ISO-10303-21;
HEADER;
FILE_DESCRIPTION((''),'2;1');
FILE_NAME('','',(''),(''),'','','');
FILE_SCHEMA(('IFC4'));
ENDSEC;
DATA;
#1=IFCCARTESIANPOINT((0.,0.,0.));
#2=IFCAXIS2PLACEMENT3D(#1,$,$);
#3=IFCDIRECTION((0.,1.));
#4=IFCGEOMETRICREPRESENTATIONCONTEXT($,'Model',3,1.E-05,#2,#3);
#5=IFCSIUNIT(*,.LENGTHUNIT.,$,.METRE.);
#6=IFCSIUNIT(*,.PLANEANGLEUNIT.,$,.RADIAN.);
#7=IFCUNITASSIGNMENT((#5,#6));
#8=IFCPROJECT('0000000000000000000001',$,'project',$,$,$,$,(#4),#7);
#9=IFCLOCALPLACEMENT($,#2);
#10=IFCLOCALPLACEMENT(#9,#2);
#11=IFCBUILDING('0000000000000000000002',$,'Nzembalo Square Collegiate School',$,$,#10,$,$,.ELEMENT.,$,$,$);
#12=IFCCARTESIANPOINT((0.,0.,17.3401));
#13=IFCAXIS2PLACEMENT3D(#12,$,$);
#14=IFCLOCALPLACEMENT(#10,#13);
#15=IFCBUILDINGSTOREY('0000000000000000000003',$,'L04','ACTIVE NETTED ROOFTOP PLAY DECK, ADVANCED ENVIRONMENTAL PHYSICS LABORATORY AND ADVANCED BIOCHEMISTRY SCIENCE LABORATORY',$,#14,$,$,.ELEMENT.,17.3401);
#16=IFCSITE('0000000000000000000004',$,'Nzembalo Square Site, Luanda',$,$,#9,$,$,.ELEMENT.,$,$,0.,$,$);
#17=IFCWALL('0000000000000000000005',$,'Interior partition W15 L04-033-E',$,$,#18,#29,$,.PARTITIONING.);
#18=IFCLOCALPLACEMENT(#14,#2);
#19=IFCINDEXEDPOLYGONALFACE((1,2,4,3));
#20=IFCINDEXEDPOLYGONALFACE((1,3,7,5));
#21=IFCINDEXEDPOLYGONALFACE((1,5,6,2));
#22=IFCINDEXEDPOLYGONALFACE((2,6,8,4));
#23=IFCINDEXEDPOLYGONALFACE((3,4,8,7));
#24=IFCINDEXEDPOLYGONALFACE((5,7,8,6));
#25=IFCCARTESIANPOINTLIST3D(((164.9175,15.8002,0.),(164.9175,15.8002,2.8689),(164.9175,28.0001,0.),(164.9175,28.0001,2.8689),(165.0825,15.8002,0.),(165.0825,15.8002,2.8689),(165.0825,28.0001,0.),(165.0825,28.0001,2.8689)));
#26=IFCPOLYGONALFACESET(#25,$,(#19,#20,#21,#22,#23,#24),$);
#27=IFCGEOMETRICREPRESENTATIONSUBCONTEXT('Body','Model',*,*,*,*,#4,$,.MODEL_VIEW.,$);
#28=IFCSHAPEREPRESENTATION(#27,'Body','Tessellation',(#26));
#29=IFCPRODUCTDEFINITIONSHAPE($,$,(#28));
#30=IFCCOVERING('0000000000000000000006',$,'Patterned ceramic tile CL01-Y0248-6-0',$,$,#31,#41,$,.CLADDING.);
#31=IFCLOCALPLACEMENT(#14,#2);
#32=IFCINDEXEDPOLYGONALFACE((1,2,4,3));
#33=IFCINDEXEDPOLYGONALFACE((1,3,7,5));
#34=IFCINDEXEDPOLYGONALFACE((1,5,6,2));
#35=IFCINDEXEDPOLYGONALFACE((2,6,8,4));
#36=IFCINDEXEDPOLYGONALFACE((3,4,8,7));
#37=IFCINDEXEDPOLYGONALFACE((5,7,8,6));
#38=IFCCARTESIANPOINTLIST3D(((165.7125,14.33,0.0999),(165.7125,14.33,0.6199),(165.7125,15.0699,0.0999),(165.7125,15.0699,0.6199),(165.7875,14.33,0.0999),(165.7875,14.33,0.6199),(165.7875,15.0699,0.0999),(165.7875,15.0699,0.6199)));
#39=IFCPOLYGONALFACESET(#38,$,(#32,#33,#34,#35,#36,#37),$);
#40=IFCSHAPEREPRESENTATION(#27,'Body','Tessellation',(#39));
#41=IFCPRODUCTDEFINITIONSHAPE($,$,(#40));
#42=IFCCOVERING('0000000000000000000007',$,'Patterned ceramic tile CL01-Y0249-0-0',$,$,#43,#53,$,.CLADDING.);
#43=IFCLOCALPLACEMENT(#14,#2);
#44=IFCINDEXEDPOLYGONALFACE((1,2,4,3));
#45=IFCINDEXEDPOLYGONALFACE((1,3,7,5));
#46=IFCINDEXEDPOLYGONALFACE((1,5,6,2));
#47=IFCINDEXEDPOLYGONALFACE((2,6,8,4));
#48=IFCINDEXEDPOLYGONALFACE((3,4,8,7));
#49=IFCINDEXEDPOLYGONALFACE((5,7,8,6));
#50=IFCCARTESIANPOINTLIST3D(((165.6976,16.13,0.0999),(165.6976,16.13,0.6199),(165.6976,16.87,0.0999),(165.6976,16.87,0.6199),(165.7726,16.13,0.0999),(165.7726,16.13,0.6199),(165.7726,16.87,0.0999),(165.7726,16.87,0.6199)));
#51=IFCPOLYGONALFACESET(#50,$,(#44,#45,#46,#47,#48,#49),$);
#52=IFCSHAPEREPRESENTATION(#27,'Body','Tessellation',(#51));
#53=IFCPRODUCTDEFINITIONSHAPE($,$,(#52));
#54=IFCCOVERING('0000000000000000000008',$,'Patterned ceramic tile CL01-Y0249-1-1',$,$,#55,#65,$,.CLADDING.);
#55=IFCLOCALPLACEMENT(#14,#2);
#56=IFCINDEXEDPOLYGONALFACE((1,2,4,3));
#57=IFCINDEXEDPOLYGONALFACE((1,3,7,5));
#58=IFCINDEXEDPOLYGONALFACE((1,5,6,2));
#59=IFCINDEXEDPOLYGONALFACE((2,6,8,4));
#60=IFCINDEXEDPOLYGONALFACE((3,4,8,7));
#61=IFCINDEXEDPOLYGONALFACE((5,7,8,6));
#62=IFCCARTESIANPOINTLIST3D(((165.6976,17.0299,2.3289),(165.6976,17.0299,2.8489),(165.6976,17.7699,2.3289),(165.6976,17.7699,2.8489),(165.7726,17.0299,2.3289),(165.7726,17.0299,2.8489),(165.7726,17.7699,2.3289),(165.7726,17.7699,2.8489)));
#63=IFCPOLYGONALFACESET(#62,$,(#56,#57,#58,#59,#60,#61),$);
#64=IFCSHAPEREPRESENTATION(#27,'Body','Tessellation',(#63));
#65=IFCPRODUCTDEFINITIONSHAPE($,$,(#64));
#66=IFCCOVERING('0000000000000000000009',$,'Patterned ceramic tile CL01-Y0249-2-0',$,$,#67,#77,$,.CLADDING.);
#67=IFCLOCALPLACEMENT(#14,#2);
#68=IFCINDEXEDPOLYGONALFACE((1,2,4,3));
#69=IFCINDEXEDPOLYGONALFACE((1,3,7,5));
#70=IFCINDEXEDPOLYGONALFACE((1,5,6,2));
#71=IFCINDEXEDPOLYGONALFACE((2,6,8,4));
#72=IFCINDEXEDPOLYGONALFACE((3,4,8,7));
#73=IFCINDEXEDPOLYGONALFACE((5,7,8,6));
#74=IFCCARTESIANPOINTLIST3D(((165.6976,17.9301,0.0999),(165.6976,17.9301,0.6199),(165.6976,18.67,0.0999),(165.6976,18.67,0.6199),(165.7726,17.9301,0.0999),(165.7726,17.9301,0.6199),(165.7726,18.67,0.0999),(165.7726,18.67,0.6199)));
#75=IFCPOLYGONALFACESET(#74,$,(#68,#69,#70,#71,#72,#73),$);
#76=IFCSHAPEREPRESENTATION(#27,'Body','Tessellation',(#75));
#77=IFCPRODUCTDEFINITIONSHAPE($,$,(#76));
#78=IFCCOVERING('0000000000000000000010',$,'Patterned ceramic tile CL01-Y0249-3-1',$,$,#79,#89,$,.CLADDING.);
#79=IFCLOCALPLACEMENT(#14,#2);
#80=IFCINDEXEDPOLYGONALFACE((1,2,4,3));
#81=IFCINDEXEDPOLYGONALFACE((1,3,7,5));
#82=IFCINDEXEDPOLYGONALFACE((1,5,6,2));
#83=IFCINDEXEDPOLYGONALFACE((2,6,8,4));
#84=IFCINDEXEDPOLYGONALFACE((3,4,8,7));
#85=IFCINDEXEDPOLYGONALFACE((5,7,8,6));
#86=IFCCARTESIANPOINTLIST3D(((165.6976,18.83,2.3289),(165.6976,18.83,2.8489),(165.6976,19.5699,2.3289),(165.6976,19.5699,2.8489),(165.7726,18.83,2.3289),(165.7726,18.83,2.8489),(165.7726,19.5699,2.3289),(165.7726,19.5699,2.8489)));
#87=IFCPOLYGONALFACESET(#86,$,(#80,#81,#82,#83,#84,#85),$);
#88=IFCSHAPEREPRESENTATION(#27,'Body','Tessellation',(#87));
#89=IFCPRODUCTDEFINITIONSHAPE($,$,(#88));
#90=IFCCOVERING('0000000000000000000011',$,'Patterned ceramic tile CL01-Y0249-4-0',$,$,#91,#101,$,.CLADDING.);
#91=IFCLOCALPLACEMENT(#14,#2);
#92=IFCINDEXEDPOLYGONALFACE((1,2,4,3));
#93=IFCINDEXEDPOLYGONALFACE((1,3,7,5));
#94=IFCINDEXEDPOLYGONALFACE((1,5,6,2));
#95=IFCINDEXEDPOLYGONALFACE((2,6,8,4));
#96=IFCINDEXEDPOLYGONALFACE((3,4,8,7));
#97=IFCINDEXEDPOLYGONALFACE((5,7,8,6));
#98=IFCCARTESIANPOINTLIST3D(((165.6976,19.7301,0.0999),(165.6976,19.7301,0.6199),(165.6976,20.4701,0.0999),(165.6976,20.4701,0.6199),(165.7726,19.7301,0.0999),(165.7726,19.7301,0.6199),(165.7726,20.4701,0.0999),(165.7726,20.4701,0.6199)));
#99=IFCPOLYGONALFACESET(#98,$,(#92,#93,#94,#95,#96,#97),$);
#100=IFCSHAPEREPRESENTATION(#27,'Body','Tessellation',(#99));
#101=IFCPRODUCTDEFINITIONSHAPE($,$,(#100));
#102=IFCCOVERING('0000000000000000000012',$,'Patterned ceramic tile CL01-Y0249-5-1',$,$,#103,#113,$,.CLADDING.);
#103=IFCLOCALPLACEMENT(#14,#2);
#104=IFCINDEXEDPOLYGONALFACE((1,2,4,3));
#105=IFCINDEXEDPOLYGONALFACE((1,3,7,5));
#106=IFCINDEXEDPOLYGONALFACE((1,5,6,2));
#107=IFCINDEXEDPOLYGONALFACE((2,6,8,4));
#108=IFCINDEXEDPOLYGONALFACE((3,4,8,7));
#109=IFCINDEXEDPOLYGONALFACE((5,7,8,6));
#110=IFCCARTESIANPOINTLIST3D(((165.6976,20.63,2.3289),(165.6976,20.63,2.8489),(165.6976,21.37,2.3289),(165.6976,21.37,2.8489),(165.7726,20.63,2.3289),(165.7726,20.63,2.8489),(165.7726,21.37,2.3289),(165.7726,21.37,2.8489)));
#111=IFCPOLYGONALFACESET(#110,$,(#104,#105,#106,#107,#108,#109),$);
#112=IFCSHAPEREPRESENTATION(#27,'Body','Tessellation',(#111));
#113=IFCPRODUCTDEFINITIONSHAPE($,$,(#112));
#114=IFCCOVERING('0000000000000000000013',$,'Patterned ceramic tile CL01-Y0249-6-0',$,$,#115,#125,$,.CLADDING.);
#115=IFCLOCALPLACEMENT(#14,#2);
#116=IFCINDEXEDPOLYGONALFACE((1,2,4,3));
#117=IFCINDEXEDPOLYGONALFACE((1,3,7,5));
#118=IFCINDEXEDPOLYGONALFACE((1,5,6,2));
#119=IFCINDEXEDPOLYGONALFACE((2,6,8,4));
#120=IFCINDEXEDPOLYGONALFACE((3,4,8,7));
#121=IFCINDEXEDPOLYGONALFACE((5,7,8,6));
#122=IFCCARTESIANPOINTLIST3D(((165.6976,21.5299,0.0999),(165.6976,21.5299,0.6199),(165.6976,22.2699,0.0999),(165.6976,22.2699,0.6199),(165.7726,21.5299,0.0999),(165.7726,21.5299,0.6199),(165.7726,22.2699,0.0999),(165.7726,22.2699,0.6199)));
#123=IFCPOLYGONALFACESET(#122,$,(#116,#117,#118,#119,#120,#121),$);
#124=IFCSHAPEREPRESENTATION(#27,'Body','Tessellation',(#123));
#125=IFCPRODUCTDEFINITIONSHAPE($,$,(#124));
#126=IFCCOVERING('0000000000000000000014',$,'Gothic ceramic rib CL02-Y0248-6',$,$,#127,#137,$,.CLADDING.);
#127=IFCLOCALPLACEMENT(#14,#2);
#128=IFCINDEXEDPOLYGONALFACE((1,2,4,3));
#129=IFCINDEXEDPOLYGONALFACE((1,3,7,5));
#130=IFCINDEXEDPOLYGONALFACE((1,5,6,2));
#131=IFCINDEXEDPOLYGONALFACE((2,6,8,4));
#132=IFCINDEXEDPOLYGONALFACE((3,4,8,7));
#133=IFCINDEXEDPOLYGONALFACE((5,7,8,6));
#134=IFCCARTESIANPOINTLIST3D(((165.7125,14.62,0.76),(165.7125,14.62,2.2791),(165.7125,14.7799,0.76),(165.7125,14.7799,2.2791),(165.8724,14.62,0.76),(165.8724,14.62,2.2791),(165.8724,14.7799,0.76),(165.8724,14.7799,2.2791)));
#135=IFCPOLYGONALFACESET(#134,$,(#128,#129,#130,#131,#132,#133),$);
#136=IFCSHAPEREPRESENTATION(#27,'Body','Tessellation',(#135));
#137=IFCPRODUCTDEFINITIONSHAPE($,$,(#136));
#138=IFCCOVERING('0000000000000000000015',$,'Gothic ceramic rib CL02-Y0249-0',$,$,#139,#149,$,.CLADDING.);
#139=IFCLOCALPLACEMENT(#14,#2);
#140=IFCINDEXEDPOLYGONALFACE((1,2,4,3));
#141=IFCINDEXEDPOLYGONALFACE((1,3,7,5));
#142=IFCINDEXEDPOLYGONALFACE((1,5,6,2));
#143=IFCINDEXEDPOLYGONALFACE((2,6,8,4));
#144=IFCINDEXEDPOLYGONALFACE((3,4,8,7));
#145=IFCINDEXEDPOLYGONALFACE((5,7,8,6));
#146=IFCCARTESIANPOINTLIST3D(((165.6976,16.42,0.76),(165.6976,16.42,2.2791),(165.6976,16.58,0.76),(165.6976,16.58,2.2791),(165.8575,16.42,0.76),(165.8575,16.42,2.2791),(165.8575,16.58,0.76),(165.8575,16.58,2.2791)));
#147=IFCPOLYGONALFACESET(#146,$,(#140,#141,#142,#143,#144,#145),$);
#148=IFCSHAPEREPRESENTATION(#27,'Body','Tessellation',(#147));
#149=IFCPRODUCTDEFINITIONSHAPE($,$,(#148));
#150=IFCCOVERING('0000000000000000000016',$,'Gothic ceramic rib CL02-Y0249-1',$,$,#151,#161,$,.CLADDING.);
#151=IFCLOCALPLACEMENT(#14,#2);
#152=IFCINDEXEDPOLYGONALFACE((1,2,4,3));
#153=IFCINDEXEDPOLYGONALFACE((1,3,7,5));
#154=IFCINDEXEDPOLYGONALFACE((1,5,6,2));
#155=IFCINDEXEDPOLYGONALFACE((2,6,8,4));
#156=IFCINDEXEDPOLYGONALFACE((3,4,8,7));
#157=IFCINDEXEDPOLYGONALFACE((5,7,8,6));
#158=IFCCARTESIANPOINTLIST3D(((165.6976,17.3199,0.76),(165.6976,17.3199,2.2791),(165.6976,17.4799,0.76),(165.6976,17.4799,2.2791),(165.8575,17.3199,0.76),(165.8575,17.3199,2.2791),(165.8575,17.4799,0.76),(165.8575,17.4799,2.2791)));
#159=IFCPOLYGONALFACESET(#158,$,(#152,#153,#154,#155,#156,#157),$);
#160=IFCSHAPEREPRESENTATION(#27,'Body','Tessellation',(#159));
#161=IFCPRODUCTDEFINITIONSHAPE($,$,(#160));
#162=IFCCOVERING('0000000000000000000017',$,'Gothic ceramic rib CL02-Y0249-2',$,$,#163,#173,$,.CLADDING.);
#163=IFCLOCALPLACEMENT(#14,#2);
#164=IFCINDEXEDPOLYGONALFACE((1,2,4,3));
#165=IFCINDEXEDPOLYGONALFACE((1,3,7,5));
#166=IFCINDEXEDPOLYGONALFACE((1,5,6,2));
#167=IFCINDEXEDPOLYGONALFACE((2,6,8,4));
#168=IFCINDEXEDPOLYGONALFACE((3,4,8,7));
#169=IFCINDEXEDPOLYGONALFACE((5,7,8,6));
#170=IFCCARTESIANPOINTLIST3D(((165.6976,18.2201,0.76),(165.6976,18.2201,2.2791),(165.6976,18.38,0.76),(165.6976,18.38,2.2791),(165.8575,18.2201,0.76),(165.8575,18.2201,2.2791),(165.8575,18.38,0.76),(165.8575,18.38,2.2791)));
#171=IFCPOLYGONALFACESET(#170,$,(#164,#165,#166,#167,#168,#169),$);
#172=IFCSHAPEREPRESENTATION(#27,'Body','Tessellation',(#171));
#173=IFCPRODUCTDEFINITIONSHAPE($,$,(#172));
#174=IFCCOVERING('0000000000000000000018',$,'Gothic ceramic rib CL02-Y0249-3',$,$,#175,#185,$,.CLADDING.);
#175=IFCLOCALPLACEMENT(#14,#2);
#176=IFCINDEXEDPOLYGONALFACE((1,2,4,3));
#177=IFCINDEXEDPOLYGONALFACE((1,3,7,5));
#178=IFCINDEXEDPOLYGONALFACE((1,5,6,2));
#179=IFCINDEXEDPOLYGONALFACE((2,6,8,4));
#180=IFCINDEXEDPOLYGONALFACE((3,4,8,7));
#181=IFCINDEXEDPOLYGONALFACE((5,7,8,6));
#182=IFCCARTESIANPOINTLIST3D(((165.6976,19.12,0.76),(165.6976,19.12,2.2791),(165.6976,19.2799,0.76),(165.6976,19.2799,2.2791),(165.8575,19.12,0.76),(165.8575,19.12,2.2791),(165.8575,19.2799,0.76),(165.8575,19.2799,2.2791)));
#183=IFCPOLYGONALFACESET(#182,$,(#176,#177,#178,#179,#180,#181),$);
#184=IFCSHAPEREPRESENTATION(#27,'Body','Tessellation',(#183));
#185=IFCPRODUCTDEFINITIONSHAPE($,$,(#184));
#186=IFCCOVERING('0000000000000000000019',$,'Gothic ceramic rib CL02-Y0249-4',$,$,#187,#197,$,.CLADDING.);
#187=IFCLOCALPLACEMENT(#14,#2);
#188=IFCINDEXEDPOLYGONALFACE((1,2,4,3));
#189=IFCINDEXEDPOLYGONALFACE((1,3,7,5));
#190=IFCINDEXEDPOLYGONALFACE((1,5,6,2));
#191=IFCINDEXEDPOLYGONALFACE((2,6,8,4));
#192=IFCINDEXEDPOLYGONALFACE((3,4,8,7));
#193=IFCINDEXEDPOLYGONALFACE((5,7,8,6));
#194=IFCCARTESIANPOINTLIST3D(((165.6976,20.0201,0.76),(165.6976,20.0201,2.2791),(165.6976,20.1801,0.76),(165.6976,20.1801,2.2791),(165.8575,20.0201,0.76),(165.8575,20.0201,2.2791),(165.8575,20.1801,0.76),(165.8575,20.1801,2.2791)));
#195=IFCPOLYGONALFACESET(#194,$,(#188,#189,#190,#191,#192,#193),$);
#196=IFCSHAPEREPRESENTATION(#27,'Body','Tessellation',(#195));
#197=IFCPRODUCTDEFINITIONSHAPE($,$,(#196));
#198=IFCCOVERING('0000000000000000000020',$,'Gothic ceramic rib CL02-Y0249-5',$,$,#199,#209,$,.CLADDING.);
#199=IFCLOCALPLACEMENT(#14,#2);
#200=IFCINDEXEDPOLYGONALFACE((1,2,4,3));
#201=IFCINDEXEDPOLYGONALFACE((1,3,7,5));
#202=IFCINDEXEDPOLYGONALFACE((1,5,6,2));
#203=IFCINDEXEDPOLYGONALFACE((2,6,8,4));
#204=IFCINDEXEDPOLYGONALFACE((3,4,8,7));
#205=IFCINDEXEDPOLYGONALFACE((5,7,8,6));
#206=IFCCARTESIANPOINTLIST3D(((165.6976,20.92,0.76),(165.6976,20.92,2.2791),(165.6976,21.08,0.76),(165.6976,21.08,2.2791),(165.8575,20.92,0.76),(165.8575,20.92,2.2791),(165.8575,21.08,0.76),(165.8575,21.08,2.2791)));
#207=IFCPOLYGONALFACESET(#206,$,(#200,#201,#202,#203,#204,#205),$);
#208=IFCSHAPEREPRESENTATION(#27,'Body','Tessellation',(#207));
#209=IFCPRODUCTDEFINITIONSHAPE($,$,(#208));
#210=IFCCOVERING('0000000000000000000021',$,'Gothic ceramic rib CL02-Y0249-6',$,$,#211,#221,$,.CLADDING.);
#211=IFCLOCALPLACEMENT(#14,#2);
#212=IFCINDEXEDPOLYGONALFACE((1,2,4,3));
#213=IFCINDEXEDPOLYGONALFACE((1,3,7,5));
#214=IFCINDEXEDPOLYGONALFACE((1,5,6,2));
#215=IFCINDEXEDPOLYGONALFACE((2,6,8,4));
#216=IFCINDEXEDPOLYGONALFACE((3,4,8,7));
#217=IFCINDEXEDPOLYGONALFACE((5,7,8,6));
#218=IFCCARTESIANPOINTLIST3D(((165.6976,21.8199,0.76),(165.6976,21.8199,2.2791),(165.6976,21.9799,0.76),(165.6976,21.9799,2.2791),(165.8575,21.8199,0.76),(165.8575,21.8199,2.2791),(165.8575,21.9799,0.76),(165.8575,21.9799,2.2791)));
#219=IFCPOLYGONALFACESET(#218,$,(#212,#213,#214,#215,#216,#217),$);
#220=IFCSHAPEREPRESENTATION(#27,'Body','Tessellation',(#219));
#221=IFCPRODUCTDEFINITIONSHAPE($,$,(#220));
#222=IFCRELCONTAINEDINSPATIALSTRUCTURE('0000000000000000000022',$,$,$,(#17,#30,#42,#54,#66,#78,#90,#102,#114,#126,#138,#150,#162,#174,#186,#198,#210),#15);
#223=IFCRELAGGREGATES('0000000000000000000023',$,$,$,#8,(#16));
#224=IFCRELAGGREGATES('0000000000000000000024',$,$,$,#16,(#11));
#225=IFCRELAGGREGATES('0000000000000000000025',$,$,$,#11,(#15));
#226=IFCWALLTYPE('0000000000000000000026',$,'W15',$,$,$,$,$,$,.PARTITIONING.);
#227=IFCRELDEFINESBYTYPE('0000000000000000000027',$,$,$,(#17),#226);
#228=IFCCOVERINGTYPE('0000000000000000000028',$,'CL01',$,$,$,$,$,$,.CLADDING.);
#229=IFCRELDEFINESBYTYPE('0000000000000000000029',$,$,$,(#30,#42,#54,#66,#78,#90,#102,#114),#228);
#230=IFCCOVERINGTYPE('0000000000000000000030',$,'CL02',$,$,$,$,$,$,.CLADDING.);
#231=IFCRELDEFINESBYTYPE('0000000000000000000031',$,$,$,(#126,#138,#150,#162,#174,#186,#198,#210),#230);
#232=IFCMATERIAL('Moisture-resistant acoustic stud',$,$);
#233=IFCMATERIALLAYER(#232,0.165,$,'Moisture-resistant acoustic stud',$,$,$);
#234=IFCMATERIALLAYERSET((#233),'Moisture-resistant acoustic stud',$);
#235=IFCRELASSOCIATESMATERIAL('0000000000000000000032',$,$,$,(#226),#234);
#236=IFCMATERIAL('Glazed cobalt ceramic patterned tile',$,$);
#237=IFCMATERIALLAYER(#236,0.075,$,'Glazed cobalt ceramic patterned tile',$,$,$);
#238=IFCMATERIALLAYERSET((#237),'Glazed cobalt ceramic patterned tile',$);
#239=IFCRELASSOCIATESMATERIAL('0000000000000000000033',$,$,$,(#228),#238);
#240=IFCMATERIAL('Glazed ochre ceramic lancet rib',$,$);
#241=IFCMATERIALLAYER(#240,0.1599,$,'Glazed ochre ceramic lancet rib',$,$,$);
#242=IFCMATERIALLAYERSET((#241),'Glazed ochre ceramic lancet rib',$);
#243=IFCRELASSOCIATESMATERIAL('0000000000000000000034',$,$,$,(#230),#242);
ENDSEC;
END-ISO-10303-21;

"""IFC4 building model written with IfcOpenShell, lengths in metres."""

from ifc_helpers import new_model, si_unit, direction, frame, frame_2d, origin, origin_2d, place, context, subcontext, project, spatial, rectangle, extrude, material, layer, layer_set, type_object, element, save


model = new_model("IFC4")

# Units and contexts
model_context = context("Model", 3, precision=1e-05, world=origin(), true_north=direction((0.0, 1.0)))
body_context = subcontext(model_context, "Body", "Model", "MODEL_VIEW")
ifc_project = project(units=[si_unit("LENGTHUNIT", "METRE"), si_unit("PLANEANGLEUNIT", "RADIAN")], contexts=[model_context])

# Site, building, storey
site_placement = place(None, origin())
site = spatial("IfcSite", under=ifc_project, at=site_placement, Name="Nzembalo Square Site, Luanda", CompositionType="ELEMENT", RefElevation=0.0)
building_placement = place(site_placement, origin())
building = spatial("IfcBuilding", under=site, at=building_placement, Name="Nzembalo Square Collegiate School", CompositionType="ELEMENT")
storey_placement = place(building_placement, frame((0.0, 0.0, 17.3401)))
storey = spatial("IfcBuildingStorey", under=building, at=storey_placement, Name="L04", Description="ACTIVE NETTED ROOFTOP PLAY DECK, ADVANCED ENVIRONMENTAL PHYSICS LABORATORY AND ADVANCED BIOCHEMISTRY SCIENCE LABORATORY", CompositionType="ELEMENT", Elevation=17.3401)

# Shared definitions
ifc_material_1 = material(Name="Moisture-resistant acoustic stud")
ifc_layer_1 = layer(ifc_material_1, 0.165, Name="Moisture-resistant acoustic stud")
ifc_layer_set_1 = layer_set([ifc_layer_1], Name="Moisture-resistant acoustic stud")
wall_type_1 = type_object("IfcWallType", Name="W15", PredefinedType="PARTITIONING", material=ifc_layer_set_1)

# Wall
wall_1_placement = place(storey_placement, frame((165.0, 15.8, 0.0), z_axis=(0.0, 0.0, 1.0), x_axis=(0.0, 1.0, 0.0)))
element("IfcWall", 1, at=wall_1_placement, inside=storey, type_object=wall_type_1, Name="Interior partition W15 L04-033-E", PredefinedType="PARTITIONING", context=body_context, shape_type="SweptSolid", body=[
    extrude(rectangle(XDim=12.2, YDim=0.165, at=frame_2d((6.1001, 0.0))), origin(), (0.0, 0.0, 1.0), 2.8689),
])

# Coverings
ifc_material_2 = material(Name="Glazed cobalt ceramic patterned tile")
ifc_layer_2 = layer(ifc_material_2, 0.075, Name="Glazed cobalt ceramic patterned tile")
ifc_layer_set_2 = layer_set([ifc_layer_2], Name="Glazed cobalt ceramic patterned tile")
covering_type_1 = type_object("IfcCoveringType", Name="CL01", PredefinedType="CLADDING", material=ifc_layer_set_2)
for number, where, z_axis, x_axis, name in (
    (2, (165.75, 14.7, 0.0999), (0.0, 0.0, 1.0), (1.0, 0.0, 0.0), "Patterned ceramic tile CL01-Y0248-6-0"),
    (3, (165.7351, 16.5, 0.0999), (0.0, 0.0, 1.0), (1.0, 0.0, 0.0), "Patterned ceramic tile CL01-Y0249-0-0"),
    (4, (165.7351, 17.3999, 2.3289), (0.0, 0.0, 1.0), (1.0, 0.0, 0.0), "Patterned ceramic tile CL01-Y0249-1-1"),
    (5, (165.7351, 18.3, 0.0999), (0.0, 0.0, 1.0), (1.0, 0.0, 0.0), "Patterned ceramic tile CL01-Y0249-2-0"),
    (6, (165.7351, 19.2, 2.3289), (0.0, 0.0, 1.0), (1.0, 0.0, 0.0), "Patterned ceramic tile CL01-Y0249-3-1"),
    (7, (165.7351, 20.1001, 0.0999), (0.0, 0.0, 1.0), (1.0, 0.0, 0.0), "Patterned ceramic tile CL01-Y0249-4-0"),
    (8, (165.7351, 21.0, 2.3289), (0.0, 0.0, 1.0), (1.0, 0.0, 0.0), "Patterned ceramic tile CL01-Y0249-5-1"),
    (9, (165.7351, 21.8999, 0.0999), (0.0, 0.0, 1.0), (1.0, 0.0, 0.0), "Patterned ceramic tile CL01-Y0249-6-0"),
):
    element("IfcCovering", number, at=place(storey_placement, frame(where, z_axis=z_axis, x_axis=x_axis)), inside=storey, type_object=covering_type_1, Name=name, PredefinedType="CLADDING", context=body_context, shape_type="SweptSolid", body=[
        extrude(rectangle(XDim=0.075, YDim=0.74, at=origin_2d()), origin(), (0.0, 0.0, 1.0), 0.52),
    ])
ifc_material_3 = material(Name="Glazed ochre ceramic lancet rib")
ifc_layer_3 = layer(ifc_material_3, 0.1599, Name="Glazed ochre ceramic lancet rib")
ifc_layer_set_3 = layer_set([ifc_layer_3], Name="Glazed ochre ceramic lancet rib")
covering_type_2 = type_object("IfcCoveringType", Name="CL02", PredefinedType="CLADDING", material=ifc_layer_set_3)
for number, where, z_axis, x_axis, name in (
    (10, (165.7925, 14.7, 0.76), (0.0, 0.0, 1.0), (1.0, 0.0, 0.0), "Gothic ceramic rib CL02-Y0248-6"),
    (11, (165.7776, 16.5, 0.76), (0.0, 0.0, 1.0), (1.0, 0.0, 0.0), "Gothic ceramic rib CL02-Y0249-0"),
    (12, (165.7776, 17.3999, 0.76), (0.0, 0.0, 1.0), (1.0, 0.0, 0.0), "Gothic ceramic rib CL02-Y0249-1"),
    (13, (165.7776, 18.3, 0.76), (0.0, 0.0, 1.0), (1.0, 0.0, 0.0), "Gothic ceramic rib CL02-Y0249-2"),
    (14, (165.7776, 19.2, 0.76), (0.0, 0.0, 1.0), (1.0, 0.0, 0.0), "Gothic ceramic rib CL02-Y0249-3"),
    (15, (165.7776, 20.1001, 0.76), (0.0, 0.0, 1.0), (1.0, 0.0, 0.0), "Gothic ceramic rib CL02-Y0249-4"),
    (16, (165.7776, 21.0, 0.76), (0.0, 0.0, 1.0), (1.0, 0.0, 0.0), "Gothic ceramic rib CL02-Y0249-5"),
    (17, (165.7776, 21.8999, 0.76), (0.0, 0.0, 1.0), (1.0, 0.0, 0.0), "Gothic ceramic rib CL02-Y0249-6"),
):
    element("IfcCovering", number, at=place(storey_placement, frame(where, z_axis=z_axis, x_axis=x_axis)), inside=storey, type_object=covering_type_2, Name=name, PredefinedType="CLADDING", context=body_context, shape_type="SweptSolid", body=[
        extrude(rectangle(XDim=0.1599, YDim=0.1599, at=origin_2d()), origin(), (0.0, 0.0, 1.0), 1.519),
    ])

save(model, "model.ifc")
